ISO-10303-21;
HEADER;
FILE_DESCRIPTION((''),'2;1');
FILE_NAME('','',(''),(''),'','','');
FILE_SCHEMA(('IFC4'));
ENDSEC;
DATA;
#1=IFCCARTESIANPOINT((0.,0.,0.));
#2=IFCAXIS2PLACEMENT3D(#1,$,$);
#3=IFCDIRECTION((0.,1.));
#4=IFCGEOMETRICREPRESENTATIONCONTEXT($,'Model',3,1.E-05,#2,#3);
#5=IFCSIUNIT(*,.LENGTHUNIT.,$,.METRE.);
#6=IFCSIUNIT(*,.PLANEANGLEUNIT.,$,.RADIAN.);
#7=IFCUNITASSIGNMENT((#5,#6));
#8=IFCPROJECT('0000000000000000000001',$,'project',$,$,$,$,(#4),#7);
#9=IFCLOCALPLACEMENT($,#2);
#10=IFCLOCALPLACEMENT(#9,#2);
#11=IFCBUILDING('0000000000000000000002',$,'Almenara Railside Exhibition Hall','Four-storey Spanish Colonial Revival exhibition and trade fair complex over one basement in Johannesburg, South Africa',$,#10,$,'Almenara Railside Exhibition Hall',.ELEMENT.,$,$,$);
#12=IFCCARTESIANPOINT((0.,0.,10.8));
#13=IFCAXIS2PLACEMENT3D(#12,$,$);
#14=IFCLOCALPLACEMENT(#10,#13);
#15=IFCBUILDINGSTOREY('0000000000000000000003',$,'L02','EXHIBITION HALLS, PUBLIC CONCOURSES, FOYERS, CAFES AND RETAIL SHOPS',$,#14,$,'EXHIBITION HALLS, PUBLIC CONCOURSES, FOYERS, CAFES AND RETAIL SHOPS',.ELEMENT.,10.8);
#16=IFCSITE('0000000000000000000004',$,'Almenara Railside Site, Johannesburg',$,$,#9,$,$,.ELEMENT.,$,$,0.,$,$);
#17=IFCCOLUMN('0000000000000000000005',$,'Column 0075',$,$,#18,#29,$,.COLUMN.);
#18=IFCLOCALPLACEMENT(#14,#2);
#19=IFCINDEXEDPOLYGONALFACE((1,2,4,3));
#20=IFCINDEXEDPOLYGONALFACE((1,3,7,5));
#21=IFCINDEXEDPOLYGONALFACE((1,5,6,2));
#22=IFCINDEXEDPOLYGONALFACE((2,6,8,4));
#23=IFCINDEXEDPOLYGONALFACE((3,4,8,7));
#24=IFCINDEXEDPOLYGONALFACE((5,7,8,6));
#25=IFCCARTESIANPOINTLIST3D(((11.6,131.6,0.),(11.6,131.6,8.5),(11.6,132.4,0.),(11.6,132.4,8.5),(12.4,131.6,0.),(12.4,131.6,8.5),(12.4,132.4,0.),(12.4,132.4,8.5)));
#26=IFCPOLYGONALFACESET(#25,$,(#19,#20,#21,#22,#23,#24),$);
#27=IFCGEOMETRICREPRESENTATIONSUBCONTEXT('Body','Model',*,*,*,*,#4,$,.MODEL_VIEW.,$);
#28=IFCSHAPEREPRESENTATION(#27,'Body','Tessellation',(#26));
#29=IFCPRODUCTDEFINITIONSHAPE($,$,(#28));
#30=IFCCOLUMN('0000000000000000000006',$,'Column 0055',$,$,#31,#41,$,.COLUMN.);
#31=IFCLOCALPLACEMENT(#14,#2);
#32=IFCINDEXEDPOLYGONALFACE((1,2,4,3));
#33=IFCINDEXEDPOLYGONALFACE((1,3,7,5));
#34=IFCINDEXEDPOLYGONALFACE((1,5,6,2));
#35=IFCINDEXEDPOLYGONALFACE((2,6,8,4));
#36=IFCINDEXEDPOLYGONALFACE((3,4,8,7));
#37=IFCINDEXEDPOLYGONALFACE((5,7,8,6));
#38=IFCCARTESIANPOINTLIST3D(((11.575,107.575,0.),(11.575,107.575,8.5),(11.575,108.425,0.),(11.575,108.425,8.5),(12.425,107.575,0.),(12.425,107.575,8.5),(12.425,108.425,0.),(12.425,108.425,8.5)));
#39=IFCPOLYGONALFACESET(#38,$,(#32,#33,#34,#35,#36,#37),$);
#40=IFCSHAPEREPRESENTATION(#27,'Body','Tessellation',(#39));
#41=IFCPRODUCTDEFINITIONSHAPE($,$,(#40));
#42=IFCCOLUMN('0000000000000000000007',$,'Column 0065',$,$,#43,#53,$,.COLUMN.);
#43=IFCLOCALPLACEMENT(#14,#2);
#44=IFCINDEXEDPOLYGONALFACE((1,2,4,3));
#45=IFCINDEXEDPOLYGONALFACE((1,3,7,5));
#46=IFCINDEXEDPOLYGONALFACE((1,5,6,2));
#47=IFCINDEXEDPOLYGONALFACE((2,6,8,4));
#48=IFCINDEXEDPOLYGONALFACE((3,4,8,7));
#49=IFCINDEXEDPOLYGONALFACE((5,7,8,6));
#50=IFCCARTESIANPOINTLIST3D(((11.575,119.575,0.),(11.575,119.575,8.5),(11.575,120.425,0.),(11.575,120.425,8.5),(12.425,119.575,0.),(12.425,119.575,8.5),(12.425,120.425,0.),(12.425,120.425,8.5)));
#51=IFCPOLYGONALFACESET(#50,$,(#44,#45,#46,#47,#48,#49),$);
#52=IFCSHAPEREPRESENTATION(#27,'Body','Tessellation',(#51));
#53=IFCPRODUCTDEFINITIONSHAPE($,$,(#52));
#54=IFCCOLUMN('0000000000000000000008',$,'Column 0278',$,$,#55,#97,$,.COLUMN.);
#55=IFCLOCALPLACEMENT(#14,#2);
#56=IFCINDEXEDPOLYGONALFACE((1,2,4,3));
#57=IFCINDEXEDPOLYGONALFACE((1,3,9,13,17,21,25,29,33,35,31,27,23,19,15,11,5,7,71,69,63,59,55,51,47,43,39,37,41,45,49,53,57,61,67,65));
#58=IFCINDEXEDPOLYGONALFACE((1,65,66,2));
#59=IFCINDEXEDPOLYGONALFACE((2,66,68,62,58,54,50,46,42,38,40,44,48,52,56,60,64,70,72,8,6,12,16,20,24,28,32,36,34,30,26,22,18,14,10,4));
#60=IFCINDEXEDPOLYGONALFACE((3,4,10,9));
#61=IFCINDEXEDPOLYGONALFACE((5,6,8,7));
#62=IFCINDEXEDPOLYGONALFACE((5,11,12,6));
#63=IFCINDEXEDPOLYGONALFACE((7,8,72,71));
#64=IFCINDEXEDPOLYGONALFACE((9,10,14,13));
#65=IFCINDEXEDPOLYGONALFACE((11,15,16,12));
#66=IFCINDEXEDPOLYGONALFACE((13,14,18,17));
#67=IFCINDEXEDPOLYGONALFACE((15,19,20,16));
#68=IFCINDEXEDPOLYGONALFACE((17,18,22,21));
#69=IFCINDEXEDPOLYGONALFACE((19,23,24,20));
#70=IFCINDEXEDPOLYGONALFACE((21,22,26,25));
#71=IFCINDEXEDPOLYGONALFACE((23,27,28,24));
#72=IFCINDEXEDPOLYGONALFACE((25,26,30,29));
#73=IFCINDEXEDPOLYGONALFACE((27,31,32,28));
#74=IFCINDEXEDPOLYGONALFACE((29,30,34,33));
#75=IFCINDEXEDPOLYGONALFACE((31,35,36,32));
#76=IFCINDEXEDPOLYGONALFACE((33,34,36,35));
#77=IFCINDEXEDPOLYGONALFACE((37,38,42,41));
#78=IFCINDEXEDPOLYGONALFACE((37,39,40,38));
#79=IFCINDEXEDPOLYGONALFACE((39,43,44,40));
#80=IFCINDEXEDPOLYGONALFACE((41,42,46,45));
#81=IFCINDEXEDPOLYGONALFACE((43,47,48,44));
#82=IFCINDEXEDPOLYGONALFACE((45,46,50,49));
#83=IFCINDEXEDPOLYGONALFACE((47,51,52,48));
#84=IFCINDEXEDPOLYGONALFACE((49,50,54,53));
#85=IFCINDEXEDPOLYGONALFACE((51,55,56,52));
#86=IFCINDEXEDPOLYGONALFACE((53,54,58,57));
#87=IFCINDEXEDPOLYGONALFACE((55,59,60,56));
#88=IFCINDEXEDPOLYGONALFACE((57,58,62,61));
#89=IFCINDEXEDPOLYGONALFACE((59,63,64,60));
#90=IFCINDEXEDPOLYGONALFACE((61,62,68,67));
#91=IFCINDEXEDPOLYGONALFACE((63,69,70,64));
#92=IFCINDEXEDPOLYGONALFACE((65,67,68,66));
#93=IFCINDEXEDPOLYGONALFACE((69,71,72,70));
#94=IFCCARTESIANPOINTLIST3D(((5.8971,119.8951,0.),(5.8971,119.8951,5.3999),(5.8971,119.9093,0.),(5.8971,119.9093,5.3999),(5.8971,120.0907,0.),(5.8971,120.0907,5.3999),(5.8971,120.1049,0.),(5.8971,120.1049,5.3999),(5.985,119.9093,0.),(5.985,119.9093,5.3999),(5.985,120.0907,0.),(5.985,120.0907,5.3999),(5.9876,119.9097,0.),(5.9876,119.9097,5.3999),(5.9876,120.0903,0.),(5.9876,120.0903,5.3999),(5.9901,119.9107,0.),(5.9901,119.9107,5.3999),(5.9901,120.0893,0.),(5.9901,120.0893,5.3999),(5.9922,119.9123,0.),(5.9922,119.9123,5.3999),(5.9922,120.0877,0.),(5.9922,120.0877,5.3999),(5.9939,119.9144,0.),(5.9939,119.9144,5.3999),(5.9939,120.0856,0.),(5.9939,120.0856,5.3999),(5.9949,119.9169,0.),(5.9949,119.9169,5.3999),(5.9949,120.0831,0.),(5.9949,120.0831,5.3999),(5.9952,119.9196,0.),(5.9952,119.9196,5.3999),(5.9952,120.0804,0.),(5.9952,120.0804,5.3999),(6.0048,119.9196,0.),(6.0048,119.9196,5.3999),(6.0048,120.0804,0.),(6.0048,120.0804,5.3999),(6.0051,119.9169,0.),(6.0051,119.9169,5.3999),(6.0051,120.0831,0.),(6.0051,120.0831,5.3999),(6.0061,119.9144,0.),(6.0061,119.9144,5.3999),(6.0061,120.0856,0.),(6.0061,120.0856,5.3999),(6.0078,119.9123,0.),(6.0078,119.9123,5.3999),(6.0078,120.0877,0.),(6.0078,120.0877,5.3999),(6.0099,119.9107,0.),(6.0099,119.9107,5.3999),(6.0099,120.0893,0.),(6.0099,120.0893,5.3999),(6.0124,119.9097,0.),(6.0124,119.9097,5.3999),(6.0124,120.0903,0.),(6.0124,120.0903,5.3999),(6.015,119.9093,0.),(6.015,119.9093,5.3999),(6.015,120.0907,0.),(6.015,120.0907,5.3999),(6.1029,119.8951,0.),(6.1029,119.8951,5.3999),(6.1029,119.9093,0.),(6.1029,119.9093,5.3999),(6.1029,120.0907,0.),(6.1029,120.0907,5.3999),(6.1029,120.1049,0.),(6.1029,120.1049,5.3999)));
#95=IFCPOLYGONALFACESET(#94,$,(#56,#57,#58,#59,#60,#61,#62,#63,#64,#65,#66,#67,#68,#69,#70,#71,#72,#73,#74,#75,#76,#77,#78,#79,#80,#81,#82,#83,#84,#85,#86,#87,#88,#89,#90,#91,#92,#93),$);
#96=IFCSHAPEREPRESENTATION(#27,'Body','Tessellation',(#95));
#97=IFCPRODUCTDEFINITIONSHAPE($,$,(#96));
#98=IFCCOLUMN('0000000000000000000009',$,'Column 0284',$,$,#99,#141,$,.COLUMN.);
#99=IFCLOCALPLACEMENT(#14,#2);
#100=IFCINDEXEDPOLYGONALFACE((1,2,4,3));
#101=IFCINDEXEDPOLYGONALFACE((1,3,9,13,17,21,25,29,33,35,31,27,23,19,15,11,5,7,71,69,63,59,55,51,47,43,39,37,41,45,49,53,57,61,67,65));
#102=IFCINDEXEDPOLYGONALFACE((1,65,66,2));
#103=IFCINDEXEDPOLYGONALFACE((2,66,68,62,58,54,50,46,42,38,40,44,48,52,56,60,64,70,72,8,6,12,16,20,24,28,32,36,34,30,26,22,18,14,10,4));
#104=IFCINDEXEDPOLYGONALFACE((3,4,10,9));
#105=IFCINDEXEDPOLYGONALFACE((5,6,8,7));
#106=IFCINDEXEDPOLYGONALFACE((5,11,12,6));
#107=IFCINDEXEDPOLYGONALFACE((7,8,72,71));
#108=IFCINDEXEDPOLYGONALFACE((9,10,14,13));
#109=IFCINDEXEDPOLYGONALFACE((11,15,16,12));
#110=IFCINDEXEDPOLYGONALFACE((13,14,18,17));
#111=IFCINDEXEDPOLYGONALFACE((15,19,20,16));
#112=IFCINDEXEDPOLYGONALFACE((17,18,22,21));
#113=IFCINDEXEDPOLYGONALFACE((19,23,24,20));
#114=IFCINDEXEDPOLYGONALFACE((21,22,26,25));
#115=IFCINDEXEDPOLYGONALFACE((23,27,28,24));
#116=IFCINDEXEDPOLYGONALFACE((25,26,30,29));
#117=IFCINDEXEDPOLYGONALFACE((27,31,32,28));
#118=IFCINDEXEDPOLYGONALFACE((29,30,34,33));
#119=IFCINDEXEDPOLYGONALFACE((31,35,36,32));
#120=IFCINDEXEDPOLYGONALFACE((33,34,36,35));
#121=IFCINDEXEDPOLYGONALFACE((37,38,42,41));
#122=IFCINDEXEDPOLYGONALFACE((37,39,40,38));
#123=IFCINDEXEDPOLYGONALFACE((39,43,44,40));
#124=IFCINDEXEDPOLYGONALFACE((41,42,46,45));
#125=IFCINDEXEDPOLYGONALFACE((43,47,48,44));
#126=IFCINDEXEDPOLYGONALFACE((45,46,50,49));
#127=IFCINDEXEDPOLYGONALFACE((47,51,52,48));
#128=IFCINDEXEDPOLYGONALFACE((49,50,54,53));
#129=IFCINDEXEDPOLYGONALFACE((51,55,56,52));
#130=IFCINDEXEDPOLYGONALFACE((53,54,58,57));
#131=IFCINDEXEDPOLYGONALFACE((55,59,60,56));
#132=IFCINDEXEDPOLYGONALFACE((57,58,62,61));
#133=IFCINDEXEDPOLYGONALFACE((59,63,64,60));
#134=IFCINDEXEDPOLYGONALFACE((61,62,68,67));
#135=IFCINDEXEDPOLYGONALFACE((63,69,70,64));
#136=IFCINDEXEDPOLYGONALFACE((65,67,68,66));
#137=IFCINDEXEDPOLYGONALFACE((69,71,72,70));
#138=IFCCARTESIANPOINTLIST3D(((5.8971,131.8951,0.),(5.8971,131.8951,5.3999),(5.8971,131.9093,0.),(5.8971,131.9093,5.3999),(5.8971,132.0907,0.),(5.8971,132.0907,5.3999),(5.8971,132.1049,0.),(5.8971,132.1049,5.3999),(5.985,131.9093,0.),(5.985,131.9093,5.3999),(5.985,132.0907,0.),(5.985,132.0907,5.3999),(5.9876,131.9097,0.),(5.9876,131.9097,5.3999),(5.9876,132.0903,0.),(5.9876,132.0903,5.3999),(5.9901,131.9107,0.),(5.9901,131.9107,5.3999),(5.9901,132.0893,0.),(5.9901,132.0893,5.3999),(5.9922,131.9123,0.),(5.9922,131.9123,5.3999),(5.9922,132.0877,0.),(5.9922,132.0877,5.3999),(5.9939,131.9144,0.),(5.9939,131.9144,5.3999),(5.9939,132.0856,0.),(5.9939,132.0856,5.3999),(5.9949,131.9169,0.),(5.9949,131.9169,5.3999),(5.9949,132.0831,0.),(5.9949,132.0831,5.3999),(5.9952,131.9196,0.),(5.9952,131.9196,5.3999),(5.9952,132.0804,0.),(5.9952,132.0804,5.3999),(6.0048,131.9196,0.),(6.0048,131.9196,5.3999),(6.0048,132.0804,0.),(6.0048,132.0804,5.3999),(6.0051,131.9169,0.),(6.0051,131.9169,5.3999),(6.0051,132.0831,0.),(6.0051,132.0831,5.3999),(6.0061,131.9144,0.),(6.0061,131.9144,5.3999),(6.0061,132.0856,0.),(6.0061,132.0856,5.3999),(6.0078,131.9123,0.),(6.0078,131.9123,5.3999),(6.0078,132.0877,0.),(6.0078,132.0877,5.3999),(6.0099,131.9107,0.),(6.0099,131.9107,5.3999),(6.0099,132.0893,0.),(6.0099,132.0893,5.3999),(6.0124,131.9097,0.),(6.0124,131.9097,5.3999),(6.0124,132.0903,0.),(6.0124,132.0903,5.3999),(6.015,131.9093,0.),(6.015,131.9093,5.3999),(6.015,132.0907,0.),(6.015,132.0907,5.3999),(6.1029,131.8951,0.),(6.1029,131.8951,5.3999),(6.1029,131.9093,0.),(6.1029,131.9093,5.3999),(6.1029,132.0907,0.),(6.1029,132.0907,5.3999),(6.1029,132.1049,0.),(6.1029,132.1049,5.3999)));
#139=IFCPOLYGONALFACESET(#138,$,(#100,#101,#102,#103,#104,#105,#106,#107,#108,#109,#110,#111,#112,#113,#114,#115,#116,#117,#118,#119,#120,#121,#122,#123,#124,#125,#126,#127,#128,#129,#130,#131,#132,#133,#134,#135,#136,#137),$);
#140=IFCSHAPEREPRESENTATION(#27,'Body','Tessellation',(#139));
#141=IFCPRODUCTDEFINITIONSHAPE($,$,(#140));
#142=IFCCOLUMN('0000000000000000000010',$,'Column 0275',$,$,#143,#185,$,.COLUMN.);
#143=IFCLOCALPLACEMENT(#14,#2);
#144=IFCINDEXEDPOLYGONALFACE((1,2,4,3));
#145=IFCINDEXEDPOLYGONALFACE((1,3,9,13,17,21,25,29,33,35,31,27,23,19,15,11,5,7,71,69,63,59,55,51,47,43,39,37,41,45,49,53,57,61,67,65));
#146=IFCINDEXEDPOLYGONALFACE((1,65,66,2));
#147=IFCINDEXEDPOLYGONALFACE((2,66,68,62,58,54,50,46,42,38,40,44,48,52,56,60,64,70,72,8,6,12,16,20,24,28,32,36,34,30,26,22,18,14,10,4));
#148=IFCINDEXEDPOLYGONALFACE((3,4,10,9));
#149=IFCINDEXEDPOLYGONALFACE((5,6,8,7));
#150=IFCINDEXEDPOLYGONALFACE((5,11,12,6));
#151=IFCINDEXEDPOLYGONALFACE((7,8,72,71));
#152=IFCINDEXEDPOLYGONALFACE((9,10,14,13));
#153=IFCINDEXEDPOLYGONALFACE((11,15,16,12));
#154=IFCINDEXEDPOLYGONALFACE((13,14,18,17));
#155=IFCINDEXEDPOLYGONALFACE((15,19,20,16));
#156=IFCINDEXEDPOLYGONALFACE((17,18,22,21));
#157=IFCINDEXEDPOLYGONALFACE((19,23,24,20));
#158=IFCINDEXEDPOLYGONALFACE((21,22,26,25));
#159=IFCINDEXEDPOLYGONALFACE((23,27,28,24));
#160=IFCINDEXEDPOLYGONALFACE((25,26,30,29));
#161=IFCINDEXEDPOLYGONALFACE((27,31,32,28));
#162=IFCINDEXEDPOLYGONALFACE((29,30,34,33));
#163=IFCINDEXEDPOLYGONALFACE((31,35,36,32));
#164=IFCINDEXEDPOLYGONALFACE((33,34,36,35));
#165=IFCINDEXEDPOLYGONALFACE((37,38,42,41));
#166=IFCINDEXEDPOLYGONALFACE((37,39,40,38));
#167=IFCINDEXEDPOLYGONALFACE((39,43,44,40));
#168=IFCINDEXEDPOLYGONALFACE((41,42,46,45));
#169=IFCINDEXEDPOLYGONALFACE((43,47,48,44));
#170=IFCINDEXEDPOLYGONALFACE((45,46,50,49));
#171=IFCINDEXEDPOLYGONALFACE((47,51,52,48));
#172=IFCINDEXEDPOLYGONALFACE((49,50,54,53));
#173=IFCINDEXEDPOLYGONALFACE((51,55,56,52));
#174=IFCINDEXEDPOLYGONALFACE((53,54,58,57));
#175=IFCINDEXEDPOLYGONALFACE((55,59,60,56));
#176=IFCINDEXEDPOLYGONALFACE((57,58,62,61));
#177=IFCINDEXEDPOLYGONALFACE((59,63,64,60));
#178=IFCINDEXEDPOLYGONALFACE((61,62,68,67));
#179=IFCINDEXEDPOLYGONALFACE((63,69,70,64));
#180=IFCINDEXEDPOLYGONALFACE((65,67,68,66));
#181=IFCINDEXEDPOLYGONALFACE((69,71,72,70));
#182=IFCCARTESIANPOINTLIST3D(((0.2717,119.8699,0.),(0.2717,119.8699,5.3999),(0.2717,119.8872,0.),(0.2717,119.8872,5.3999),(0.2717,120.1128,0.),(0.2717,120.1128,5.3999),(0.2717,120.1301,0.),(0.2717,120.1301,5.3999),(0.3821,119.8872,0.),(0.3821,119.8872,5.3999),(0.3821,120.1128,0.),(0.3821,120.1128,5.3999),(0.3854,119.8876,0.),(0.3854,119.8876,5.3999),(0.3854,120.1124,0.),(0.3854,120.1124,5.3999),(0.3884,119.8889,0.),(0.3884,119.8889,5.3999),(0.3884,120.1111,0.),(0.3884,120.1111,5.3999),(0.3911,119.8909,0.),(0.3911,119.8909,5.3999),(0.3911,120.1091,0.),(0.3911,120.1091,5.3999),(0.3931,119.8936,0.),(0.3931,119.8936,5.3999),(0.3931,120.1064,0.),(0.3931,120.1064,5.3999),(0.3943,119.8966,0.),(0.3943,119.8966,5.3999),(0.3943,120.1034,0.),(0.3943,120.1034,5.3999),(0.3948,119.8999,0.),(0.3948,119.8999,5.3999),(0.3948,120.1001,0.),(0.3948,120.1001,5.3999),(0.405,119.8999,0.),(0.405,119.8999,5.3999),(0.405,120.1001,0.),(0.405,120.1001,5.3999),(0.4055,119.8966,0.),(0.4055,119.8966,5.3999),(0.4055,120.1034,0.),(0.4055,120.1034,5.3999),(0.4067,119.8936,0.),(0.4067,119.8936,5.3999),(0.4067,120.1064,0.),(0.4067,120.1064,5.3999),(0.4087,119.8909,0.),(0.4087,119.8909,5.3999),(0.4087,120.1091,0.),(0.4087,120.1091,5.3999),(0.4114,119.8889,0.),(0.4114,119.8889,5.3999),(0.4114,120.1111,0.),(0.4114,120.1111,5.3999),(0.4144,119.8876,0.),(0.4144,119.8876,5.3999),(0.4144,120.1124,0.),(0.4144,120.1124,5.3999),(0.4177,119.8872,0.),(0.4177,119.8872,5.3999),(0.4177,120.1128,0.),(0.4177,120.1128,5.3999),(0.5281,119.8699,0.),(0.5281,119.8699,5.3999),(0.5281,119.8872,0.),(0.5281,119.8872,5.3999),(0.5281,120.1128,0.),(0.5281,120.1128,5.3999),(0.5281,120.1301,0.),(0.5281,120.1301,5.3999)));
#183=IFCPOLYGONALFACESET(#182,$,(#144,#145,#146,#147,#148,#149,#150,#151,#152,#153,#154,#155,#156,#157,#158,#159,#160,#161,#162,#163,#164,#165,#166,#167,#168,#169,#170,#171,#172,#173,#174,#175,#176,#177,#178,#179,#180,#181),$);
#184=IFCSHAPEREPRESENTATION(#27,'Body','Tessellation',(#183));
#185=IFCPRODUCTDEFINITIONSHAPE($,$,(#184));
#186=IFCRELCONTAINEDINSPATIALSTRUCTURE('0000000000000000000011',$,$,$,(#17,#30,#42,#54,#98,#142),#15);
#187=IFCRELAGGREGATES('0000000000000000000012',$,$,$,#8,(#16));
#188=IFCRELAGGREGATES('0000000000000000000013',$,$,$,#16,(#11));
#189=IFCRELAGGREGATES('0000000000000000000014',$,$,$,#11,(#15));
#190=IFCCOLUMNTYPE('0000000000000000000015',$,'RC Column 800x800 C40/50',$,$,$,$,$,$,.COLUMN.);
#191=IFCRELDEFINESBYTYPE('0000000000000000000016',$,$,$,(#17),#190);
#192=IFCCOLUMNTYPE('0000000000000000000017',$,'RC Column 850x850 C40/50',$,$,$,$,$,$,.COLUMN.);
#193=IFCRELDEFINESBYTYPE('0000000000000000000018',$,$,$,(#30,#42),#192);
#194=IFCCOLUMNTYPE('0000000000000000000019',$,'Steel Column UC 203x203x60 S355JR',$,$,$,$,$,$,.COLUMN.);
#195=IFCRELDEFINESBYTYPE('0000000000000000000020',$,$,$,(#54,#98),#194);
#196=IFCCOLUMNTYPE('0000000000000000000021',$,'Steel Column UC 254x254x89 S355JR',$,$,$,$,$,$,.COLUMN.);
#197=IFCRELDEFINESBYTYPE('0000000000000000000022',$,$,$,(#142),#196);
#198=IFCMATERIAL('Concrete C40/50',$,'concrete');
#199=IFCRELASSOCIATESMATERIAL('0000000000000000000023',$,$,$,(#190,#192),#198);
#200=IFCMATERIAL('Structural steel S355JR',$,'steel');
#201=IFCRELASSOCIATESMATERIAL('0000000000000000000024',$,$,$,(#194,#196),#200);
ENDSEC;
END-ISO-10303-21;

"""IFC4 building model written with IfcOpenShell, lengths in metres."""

from ifc_helpers import new_model, si_unit, direction, frame, origin, origin_2d, place, context, subcontext, project, spatial, rectangle, i_section, extrude, material, material_profile, profile_set, type_object, element, save


model = new_model("IFC4")

# Units and contexts
model_context = context("Model", 3, precision=1e-05, world=origin(), true_north=direction((0.0, 1.0)))
body_context = subcontext(model_context, "Body", "Model", "MODEL_VIEW")
ifc_project = project(units=[si_unit("LENGTHUNIT", "METRE"), si_unit("PLANEANGLEUNIT", "RADIAN")], contexts=[model_context])

# Site, building, storey
site_placement = place(None, origin())
site = spatial("IfcSite", under=ifc_project, at=site_placement, Name="Almenara Railside Site, Johannesburg", CompositionType="ELEMENT", RefElevation=0.0)
building_placement = place(site_placement, origin())
building = spatial("IfcBuilding", under=site, at=building_placement, Name="Almenara Railside Exhibition Hall", Description="Four-storey Spanish Colonial Revival exhibition and trade fair complex over one basement in Johannesburg, South Africa", LongName="Almenara Railside Exhibition Hall", CompositionType="ELEMENT")
storey_placement = place(building_placement, frame((0.0, 0.0, 10.8)))
storey = spatial("IfcBuildingStorey", under=building, at=storey_placement, Name="L02", Description="EXHIBITION HALLS, PUBLIC CONCOURSES, FOYERS, CAFES AND RETAIL SHOPS", LongName="EXHIBITION HALLS, PUBLIC CONCOURSES, FOYERS, CAFES AND RETAIL SHOPS", CompositionType="ELEMENT", Elevation=10.8)

# Columns
ifc_material_1 = material(Name="Concrete C40/50", Category="concrete")
ifc_material_profile_1 = material_profile(ifc_material_1, rectangle(XDim=0.8, YDim=0.8, at=origin_2d()), Name="RC 800x800")
ifc_profile_set_1 = profile_set([ifc_material_profile_1], Name="Concrete C40/50")
column_type_1 = type_object("IfcColumnType", Name="RC Column 800x800 C40/50", PredefinedType="COLUMN", material=ifc_profile_set_1)
column_placement = place(storey_placement, frame((12.0, 132.0, 0.0), z_axis=(0.0, 0.0, 1.0), x_axis=(1.0, 0.0, 0.0)))
element("IfcColumn", 1, at=column_placement, inside=storey, type_object=column_type_1, Name="Column 0075", PredefinedType="COLUMN", context=body_context, shape_type="SweptSolid", body=[
    extrude(rectangle(XDim=0.8, YDim=0.8, at=origin_2d()), origin(), (0.0, 0.0, 1.0), 8.5),
])
ifc_material_profile_2 = material_profile(ifc_material_1, rectangle(XDim=0.8501, YDim=0.8501, at=origin_2d()), Name="RC 850x850")
ifc_profile_set_2 = profile_set([ifc_material_profile_2], Name="Concrete C40/50")
column_type_2 = type_object("IfcColumnType", Name="RC Column 850x850 C40/50", PredefinedType="COLUMN", material=ifc_profile_set_2)
for number, where, z_axis, x_axis, name in (
    (2, (12.0, 108.0, 0.0), (0.0, 0.0, 1.0), (1.0, 0.0, 0.0), "Column 0055"),
    (3, (12.0, 120.0, 0.0), (0.0, 0.0, 1.0), (1.0, 0.0, 0.0), "Column 0065"),
):
    element("IfcColumn", number, at=place(storey_placement, frame(where, z_axis=z_axis, x_axis=x_axis)), inside=storey, type_object=column_type_2, Name=name, PredefinedType="COLUMN", context=body_context, shape_type="SweptSolid", body=[
        extrude(rectangle(XDim=0.8501, YDim=0.8501, at=origin_2d()), origin(), (0.0, 0.0, 1.0), 8.5),
    ])
ifc_material_2 = material(Name="Structural steel S355JR", Category="steel")
ifc_material_profile_3 = material_profile(ifc_material_2, i_section(OverallWidth=0.2058, OverallDepth=0.2097, WebThickness=0.0095, FlangeThickness=0.0142, FilletRadius=0.0103, at=origin_2d()), Name="UC 203x203x60")
ifc_profile_set_3 = profile_set([ifc_material_profile_3], Name="Structural steel S355JR")
column_type_3 = type_object("IfcColumnType", Name="Steel Column UC 203x203x60 S355JR", PredefinedType="COLUMN", material=ifc_profile_set_3)
for number, where, z_axis, x_axis, name in (
    (4, (6.0, 120.0, 0.0), (0.0, 0.0, 1.0), (1.0, 0.0, 0.0), "Column 0278"),
    (5, (6.0, 132.0, 0.0), (0.0, 0.0, 1.0), (1.0, 0.0, 0.0), "Column 0284"),
):
    element("IfcColumn", number, at=place(storey_placement, frame(where, z_axis=z_axis, x_axis=x_axis)), inside=storey, type_object=column_type_3, Name=name, PredefinedType="COLUMN", context=body_context, shape_type="SweptSolid", body=[
        extrude(i_section(OverallWidth=0.2058, OverallDepth=0.2097, WebThickness=0.0095, FlangeThickness=0.0142, FilletRadius=0.0103, at=origin_2d()), origin(), (0.0, 0.0, 1.0), 5.3999),
    ])
ifc_material_profile_4 = material_profile(ifc_material_2, i_section(OverallWidth=0.2563, OverallDepth=0.2603, WebThickness=0.0103, FlangeThickness=0.0173, FilletRadius=0.0127, at=origin_2d()), Name="UC 254x254x89")
ifc_profile_set_4 = profile_set([ifc_material_profile_4], Name="Structural steel S355JR")
column_type_4 = type_object("IfcColumnType", Name="Steel Column UC 254x254x89 S355JR", PredefinedType="COLUMN", material=ifc_profile_set_4)
for number, where, z_axis, x_axis, name in (
    (6, (0.3999, 120.0, 0.0), (0.0, 0.0, 1.0), (1.0, 0.0, 0.0), "Column 0275"),
):
    element("IfcColumn", number, at=place(storey_placement, frame(where, z_axis=z_axis, x_axis=x_axis)), inside=storey, type_object=column_type_4, Name=name, PredefinedType="COLUMN", context=body_context, shape_type="SweptSolid", body=[
        extrude(i_section(OverallWidth=0.2563, OverallDepth=0.2603, WebThickness=0.0103, FlangeThickness=0.0173, FilletRadius=0.0127, at=origin_2d()), origin(), (0.0, 0.0, 1.0), 5.3999),
    ])

save(model, "model.ifc")
